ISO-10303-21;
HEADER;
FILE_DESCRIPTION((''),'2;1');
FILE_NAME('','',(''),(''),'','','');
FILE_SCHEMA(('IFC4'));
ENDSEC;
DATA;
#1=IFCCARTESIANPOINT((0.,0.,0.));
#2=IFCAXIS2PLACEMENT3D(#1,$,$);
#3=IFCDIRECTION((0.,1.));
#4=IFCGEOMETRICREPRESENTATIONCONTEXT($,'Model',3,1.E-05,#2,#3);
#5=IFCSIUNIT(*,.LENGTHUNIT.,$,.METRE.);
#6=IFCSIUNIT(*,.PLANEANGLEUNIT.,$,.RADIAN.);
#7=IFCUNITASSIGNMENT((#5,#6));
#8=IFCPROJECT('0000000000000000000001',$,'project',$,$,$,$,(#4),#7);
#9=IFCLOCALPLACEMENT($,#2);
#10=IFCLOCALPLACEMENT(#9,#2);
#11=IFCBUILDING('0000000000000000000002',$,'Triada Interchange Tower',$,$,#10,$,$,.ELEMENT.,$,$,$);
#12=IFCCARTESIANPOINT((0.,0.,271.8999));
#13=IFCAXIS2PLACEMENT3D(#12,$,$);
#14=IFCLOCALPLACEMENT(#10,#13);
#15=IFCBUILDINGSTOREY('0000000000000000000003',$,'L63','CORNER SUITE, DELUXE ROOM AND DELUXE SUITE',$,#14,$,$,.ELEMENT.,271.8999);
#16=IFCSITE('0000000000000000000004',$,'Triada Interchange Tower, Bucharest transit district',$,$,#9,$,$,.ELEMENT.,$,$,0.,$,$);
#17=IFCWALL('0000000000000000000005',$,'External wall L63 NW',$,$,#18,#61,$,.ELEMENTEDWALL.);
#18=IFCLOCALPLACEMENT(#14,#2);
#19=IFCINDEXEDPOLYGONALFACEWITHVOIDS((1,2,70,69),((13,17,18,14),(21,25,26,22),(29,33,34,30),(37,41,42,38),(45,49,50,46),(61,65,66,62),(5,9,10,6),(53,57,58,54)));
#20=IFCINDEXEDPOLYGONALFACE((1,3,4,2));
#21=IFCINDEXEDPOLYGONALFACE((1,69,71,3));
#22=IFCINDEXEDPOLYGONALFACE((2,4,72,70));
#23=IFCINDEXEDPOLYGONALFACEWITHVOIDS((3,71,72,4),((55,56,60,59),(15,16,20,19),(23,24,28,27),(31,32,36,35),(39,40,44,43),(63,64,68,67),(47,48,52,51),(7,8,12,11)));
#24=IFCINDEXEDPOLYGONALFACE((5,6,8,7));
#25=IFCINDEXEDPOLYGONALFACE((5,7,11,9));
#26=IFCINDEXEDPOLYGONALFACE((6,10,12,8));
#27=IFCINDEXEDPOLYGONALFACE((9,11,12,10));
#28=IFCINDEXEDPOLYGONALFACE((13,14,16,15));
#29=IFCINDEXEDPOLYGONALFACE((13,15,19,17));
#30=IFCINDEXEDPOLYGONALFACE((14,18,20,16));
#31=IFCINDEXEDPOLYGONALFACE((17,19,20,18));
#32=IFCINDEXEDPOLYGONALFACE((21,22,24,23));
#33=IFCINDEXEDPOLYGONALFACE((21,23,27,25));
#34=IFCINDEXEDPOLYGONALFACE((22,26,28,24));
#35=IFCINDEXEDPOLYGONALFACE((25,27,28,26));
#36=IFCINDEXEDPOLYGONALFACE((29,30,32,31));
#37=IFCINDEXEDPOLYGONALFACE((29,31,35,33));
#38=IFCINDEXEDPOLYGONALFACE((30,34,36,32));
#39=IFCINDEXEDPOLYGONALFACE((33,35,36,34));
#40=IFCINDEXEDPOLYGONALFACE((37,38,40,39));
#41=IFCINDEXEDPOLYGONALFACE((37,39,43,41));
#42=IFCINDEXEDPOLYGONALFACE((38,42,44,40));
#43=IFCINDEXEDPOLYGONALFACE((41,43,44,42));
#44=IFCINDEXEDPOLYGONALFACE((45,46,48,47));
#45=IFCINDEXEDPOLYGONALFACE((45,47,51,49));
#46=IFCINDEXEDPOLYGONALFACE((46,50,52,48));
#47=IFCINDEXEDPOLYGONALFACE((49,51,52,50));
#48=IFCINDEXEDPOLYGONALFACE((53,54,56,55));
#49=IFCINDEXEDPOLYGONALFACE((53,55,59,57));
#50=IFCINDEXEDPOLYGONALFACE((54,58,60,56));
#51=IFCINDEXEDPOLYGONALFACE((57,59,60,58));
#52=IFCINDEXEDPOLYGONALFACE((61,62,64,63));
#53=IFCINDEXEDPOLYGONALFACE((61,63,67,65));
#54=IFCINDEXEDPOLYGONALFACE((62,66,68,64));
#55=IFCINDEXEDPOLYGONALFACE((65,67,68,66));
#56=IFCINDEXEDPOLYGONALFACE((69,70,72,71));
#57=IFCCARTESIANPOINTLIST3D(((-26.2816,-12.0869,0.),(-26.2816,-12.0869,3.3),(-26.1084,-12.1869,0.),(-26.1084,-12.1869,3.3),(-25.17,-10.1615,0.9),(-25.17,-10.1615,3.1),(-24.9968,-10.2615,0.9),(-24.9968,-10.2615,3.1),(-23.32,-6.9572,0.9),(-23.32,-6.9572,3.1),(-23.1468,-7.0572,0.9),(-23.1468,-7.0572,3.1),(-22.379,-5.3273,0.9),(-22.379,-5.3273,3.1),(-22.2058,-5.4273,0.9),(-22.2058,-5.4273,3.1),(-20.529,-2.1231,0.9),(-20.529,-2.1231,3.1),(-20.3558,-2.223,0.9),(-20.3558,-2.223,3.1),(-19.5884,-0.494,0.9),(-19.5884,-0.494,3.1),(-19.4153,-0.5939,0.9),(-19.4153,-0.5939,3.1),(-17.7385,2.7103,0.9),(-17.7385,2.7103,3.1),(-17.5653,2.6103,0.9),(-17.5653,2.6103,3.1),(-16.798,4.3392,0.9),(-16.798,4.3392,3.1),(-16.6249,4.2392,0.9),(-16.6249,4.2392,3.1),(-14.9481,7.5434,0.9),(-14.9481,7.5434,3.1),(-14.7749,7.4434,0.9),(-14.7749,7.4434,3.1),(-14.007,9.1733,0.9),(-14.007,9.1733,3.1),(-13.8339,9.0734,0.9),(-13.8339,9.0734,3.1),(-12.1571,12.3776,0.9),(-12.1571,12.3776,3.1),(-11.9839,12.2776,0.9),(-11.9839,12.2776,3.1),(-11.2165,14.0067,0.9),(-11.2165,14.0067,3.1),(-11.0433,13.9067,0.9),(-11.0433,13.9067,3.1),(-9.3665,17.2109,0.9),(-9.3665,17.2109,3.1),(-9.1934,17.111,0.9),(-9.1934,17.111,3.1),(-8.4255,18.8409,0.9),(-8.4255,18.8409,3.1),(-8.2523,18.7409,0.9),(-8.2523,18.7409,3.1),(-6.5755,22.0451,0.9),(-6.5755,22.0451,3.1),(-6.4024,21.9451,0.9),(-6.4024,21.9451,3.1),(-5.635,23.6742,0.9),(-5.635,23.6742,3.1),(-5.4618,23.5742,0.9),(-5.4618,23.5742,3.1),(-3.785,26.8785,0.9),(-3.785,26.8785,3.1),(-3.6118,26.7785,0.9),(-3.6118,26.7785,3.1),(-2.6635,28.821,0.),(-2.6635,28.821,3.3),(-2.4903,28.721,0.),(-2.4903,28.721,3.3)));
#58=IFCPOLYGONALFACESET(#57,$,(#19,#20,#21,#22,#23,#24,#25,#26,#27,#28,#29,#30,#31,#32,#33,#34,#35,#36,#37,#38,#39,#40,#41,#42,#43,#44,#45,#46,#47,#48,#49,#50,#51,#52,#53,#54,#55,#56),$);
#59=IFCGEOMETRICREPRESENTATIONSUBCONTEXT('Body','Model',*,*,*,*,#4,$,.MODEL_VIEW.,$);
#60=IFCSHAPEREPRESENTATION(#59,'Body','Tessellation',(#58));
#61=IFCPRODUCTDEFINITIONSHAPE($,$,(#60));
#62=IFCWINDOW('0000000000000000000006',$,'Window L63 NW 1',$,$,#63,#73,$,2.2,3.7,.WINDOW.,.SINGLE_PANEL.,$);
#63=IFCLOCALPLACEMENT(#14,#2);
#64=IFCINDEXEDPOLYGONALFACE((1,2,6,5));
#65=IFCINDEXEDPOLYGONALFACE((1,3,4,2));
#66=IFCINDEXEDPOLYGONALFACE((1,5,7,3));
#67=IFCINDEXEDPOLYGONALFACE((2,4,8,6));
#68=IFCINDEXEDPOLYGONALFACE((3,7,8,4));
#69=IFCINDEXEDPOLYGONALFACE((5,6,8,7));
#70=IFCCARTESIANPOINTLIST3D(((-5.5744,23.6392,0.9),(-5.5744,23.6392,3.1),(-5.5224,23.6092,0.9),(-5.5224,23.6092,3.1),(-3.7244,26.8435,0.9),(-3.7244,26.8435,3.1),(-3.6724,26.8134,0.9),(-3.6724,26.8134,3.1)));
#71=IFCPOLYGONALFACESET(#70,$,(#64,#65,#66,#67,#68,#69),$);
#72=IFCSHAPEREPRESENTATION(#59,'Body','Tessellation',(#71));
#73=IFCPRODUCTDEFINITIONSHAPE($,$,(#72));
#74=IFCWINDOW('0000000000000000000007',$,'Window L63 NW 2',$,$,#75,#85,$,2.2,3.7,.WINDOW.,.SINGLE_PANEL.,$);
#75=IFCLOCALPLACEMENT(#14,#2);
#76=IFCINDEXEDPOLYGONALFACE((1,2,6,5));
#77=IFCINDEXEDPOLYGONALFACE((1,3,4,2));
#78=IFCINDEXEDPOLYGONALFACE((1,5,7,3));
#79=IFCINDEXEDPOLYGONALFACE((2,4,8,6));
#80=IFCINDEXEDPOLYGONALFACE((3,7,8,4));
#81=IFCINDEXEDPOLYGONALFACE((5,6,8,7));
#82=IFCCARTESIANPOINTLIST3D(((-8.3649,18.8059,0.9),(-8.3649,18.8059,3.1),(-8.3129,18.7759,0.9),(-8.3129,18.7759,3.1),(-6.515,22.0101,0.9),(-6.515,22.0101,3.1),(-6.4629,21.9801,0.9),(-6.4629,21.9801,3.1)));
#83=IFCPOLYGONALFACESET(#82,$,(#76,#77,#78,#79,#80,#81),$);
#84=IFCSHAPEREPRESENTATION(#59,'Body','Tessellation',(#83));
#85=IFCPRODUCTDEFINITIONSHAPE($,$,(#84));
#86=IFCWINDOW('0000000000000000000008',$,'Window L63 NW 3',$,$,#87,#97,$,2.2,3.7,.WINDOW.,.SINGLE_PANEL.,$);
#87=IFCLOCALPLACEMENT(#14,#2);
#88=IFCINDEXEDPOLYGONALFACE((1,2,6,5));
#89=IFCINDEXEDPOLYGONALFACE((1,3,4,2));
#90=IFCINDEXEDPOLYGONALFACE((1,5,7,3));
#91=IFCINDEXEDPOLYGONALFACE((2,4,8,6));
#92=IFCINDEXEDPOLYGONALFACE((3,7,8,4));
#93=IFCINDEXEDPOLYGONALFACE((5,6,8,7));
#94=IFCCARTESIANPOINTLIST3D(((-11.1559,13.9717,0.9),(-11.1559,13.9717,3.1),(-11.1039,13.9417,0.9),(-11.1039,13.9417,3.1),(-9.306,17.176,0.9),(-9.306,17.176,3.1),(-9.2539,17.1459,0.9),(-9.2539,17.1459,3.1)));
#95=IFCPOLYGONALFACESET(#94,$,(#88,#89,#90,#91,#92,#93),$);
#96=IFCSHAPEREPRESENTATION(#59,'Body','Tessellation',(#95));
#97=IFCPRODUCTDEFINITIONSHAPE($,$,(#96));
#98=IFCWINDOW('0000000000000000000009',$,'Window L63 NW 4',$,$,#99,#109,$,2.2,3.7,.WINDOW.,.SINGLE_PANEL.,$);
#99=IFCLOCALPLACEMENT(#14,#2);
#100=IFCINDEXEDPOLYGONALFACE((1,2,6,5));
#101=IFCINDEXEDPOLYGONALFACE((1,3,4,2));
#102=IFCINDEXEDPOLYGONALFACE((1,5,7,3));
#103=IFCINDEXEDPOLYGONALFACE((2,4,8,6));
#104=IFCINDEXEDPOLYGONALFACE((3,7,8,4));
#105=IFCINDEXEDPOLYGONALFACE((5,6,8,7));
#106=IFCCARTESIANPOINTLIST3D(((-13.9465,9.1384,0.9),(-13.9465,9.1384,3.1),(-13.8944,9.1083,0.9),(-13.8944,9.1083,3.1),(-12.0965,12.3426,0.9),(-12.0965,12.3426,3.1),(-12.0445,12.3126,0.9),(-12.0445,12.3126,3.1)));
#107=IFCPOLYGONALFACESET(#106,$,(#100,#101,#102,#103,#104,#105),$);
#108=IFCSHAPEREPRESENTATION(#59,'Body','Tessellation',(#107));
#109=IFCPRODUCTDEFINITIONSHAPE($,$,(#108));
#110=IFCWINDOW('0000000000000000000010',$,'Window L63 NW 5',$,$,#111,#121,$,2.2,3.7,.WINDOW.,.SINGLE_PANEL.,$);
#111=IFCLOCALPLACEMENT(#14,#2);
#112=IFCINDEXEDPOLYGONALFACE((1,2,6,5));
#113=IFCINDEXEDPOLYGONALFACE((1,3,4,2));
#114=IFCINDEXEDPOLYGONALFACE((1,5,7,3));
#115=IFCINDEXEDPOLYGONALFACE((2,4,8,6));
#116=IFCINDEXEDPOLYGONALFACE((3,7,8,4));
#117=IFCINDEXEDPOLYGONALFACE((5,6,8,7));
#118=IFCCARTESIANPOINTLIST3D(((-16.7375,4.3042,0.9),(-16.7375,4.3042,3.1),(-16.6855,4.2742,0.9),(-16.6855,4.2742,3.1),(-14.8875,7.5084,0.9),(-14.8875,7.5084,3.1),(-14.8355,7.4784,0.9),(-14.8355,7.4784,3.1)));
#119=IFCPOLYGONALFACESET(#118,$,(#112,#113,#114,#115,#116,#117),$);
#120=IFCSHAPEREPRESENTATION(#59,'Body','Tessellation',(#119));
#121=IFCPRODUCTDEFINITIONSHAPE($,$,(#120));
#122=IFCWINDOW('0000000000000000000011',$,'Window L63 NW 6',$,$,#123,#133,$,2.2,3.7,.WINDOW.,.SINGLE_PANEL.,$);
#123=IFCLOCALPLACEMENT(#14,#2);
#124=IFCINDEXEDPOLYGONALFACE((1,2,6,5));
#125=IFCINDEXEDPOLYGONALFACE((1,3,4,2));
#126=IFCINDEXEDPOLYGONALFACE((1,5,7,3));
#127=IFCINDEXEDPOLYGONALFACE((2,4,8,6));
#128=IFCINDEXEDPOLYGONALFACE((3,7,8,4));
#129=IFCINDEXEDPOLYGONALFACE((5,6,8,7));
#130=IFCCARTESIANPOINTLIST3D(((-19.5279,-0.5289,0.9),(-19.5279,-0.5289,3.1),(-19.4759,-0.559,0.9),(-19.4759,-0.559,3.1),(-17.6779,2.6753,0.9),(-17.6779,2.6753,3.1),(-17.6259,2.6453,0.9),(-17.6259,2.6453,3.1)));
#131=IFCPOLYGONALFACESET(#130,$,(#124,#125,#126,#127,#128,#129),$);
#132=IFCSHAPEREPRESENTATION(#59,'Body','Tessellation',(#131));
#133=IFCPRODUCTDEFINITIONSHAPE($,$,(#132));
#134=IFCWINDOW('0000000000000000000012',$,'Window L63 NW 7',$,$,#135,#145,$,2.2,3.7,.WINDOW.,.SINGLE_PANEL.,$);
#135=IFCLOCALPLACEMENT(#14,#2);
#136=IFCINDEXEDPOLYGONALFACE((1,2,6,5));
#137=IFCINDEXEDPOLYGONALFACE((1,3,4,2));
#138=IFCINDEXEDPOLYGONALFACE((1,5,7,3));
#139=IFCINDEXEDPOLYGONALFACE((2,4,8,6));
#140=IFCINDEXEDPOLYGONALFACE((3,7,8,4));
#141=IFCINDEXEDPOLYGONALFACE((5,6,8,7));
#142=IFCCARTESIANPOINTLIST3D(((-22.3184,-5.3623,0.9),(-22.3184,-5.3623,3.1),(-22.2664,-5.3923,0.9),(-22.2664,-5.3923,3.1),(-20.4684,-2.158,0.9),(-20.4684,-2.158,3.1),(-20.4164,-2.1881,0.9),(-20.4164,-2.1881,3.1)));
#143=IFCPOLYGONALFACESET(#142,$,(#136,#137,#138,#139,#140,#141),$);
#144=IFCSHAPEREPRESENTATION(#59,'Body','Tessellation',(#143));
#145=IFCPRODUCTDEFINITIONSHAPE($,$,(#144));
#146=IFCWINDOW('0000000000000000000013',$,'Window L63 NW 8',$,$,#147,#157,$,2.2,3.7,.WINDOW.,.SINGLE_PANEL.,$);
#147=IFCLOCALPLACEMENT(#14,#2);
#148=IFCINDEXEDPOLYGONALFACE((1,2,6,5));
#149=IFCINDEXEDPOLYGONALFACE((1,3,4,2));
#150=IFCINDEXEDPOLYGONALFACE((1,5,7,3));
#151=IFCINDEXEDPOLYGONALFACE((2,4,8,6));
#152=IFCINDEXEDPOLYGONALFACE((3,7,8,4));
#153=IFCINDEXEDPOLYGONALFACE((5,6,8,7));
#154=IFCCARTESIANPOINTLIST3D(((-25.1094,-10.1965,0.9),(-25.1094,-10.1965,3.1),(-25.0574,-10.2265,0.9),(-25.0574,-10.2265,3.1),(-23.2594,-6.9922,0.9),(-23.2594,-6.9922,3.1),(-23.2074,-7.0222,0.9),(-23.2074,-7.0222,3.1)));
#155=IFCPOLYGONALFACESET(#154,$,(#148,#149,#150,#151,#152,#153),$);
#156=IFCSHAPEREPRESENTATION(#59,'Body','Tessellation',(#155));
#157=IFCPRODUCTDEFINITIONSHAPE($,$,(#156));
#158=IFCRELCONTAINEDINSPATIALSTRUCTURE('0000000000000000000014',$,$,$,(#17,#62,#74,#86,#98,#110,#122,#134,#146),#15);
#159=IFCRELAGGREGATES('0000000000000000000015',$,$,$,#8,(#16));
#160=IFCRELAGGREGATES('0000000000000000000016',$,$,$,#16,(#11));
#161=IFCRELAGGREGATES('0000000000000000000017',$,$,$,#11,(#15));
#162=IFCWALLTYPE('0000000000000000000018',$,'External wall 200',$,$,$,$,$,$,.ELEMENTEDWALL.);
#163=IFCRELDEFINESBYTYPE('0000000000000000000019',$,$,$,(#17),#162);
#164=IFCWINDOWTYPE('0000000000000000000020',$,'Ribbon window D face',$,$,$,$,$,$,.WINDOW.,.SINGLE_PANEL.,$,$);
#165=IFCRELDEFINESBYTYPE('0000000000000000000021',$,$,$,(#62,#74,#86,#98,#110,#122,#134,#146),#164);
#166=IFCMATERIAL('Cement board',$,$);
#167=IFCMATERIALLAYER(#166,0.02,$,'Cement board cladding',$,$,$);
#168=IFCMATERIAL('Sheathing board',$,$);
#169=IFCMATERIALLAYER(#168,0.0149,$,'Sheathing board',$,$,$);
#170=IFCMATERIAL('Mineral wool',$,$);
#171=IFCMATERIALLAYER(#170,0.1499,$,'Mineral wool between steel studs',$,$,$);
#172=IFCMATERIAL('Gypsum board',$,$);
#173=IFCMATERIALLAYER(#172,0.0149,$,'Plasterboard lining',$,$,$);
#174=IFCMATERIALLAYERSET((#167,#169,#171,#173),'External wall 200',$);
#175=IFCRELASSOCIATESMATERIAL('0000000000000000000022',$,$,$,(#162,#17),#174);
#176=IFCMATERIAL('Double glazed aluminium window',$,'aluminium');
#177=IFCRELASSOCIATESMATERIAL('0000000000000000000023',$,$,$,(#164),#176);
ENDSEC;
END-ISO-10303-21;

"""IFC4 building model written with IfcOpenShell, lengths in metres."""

from ifc_helpers import new_model, si_unit, direction, frame, frame_2d, origin, place, context, subcontext, project, spatial, rectangle, extrude, material, layer, layer_set, layer_usage, type_object, element, fill, save


model = new_model("IFC4")

# Units and contexts
model_context = context("Model", 3, precision=1e-05, world=origin(), true_north=direction((0.0, 1.0)))
body_context = subcontext(model_context, "Body", "Model", "MODEL_VIEW")
ifc_project = project(units=[si_unit("LENGTHUNIT", "METRE"), si_unit("PLANEANGLEUNIT", "RADIAN")], contexts=[model_context])

# Site, building, storey
site_placement = place(None, origin())
site = spatial("IfcSite", under=ifc_project, at=site_placement, Name="Triada Interchange Tower, Bucharest transit district", CompositionType="ELEMENT", RefElevation=0.0)
building_placement = place(site_placement, origin())
building = spatial("IfcBuilding", under=site, at=building_placement, Name="Triada Interchange Tower", CompositionType="ELEMENT")
storey_placement = place(building_placement, frame((0.0, 0.0, 271.8999)))
storey = spatial("IfcBuildingStorey", under=building, at=storey_placement, Name="L63", Description="CORNER SUITE, DELUXE ROOM AND DELUXE SUITE", CompositionType="ELEMENT", Elevation=271.8999)

# Wall, openings, windows
ifc_material_1 = material(Name="Cement board")
ifc_layer_1 = layer(ifc_material_1, 0.02, Name="Cement board cladding")
ifc_material_2 = material(Name="Sheathing board")
ifc_layer_2 = layer(ifc_material_2, 0.0149, Name="Sheathing board")
ifc_material_3 = material(Name="Mineral wool")
ifc_layer_3 = layer(ifc_material_3, 0.1499, Name="Mineral wool between steel studs")
ifc_material_4 = material(Name="Gypsum board")
ifc_layer_4 = layer(ifc_material_4, 0.0149, Name="Plasterboard lining")
ifc_layer_set_1 = layer_set([ifc_layer_1, ifc_layer_2, ifc_layer_3, ifc_layer_4], Name="External wall 200")
ifc_layer_usage = layer_usage(ifc_layer_set_1, "AXIS2", "POSITIVE", -0.1001)
wall_type_1 = type_object("IfcWallType", Name="External wall 200", PredefinedType="ELEMENTEDWALL", material=ifc_layer_set_1)
wall_1_placement = place(storey_placement, frame((-2.5769, 28.771, 0.0), z_axis=(0.0, 0.0, 1.0), x_axis=(-0.499999, -0.866026, 0.0)))
wall_1 = element("IfcWall", 1, at=wall_1_placement, inside=storey, type_object=wall_type_1, material=ifc_layer_usage, Name="External wall L63 NW", PredefinedType="ELEMENTEDWALL", context=body_context, shape_type="SweptSolid", body=[
    extrude(rectangle(XDim=47.2363, YDim=0.2, at=frame_2d((23.6182, 0.0))), origin(), (0.0, 0.0, 1.0), 3.3),
])
opening_1_placement = place(wall_1_placement, frame((2.2429, 0.0, 0.8999)))
opening_1 = element("IfcOpeningElement", 2, at=opening_1_placement, cuts=wall_1, PredefinedType="OPENING", context=body_context, shape_type="SweptSolid", body=[
    extrude(rectangle(XDim=3.7, YDim=2.2, at=frame_2d((1.8501, 1.1001))), frame((0.0, 0.1099, 0.0), z_axis=(0.0, -1.0, 0.0), x_axis=(1.0, 0.0, 0.0)), (0.0, 0.0, 1.0), 0.22),
])
opening_2_placement = place(wall_1_placement, frame((7.824, 0.0, 0.8999)))
opening_2 = element("IfcOpeningElement", 3, at=opening_2_placement, cuts=wall_1, PredefinedType="OPENING", context=body_context, shape_type="SweptSolid", body=[
    extrude(rectangle(XDim=3.7, YDim=2.2, at=frame_2d((1.8501, 1.1001))), frame((0.0, 0.1099, 0.0), z_axis=(0.0, -1.0, 0.0), x_axis=(1.0, 0.0, 0.0)), (0.0, 0.0, 1.0), 0.22),
])
opening_3_placement = place(wall_1_placement, frame((13.406, 0.0, 0.8999)))
opening_3 = element("IfcOpeningElement", 4, at=opening_3_placement, cuts=wall_1, PredefinedType="OPENING", context=body_context, shape_type="SweptSolid", body=[
    extrude(rectangle(XDim=3.7, YDim=2.2, at=frame_2d((1.8501, 1.1001))), frame((0.0, 0.1099, 0.0), z_axis=(0.0, -1.0, 0.0), x_axis=(1.0, 0.0, 0.0)), (0.0, 0.0, 1.0), 0.22),
])
opening_4_placement = place(wall_1_placement, frame((18.9871, 0.0, 0.8999)))
opening_4 = element("IfcOpeningElement", 5, at=opening_4_placement, cuts=wall_1, PredefinedType="OPENING", context=body_context, shape_type="SweptSolid", body=[
    extrude(rectangle(XDim=3.7, YDim=2.2, at=frame_2d((1.8501, 1.1001))), frame((0.0, 0.1099, 0.0), z_axis=(0.0, -1.0, 0.0), x_axis=(1.0, 0.0, 0.0)), (0.0, 0.0, 1.0), 0.22),
])
opening_5_placement = place(wall_1_placement, frame((24.5691, 0.0, 0.8999)))
opening_5 = element("IfcOpeningElement", 6, at=opening_5_placement, cuts=wall_1, PredefinedType="OPENING", context=body_context, shape_type="SweptSolid", body=[
    extrude(rectangle(XDim=3.7, YDim=2.2, at=frame_2d((1.8501, 1.1001))), frame((0.0, 0.1099, 0.0), z_axis=(0.0, -1.0, 0.0), x_axis=(1.0, 0.0, 0.0)), (0.0, 0.0, 1.0), 0.22),
])
opening_6_placement = place(wall_1_placement, frame((30.1499, 0.0, 0.8999)))
opening_6 = element("IfcOpeningElement", 7, at=opening_6_placement, cuts=wall_1, PredefinedType="OPENING", context=body_context, shape_type="SweptSolid", body=[
    extrude(rectangle(XDim=3.7, YDim=2.2, at=frame_2d((1.8501, 1.1001))), frame((0.0, 0.1099, 0.0), z_axis=(0.0, -1.0, 0.0), x_axis=(1.0, 0.0, 0.0)), (0.0, 0.0, 1.0), 0.22),
])
opening_7_placement = place(wall_1_placement, frame((35.731, 0.0, 0.8999)))
opening_7 = element("IfcOpeningElement", 8, at=opening_7_placement, cuts=wall_1, PredefinedType="OPENING", context=body_context, shape_type="SweptSolid", body=[
    extrude(rectangle(XDim=3.7, YDim=2.2, at=frame_2d((1.8501, 1.1001))), frame((0.0, 0.1099, 0.0), z_axis=(0.0, -1.0, 0.0), x_axis=(1.0, 0.0, 0.0)), (0.0, 0.0, 1.0), 0.22),
])
opening_8_placement = place(wall_1_placement, frame((41.313, 0.0, 0.8999)))
opening_8 = element("IfcOpeningElement", 9, at=opening_8_placement, cuts=wall_1, PredefinedType="OPENING", context=body_context, shape_type="SweptSolid", body=[
    extrude(rectangle(XDim=3.7, YDim=2.2, at=frame_2d((1.8501, 1.1001))), frame((0.0, 0.1099, 0.0), z_axis=(0.0, -1.0, 0.0), x_axis=(1.0, 0.0, 0.0)), (0.0, 0.0, 1.0), 0.22),
])
ifc_material_5 = material(Name="Double glazed aluminium window", Category="aluminium")
window_type = type_object("IfcWindowType", Name="Ribbon window D face", PartitioningType="SINGLE_PANEL", PredefinedType="WINDOW", material=ifc_material_5)
window_1_placement = place(opening_1_placement, origin())
window_1 = element("IfcWindow", 10, at=window_1_placement, inside=storey, type_object=window_type, Name="Window L63 NW 1", OverallHeight=2.2, OverallWidth=3.7, PartitioningType="SINGLE_PANEL", PredefinedType="WINDOW", context=body_context, shape_type="SweptSolid", body=[
    extrude(rectangle(XDim=3.7, YDim=2.2, at=frame_2d((1.8501, 1.1001))), frame((0.0, 0.03, 0.0), z_axis=(0.0, -1.0, 0.0), x_axis=(1.0, 0.0, 0.0)), (0.0, 0.0, 1.0), 0.0601),
])
fill(opening_1, window_1)
window_2_placement = place(opening_2_placement, origin())
window_2 = element("IfcWindow", 11, at=window_2_placement, inside=storey, type_object=window_type, Name="Window L63 NW 2", OverallHeight=2.2, OverallWidth=3.7, PartitioningType="SINGLE_PANEL", PredefinedType="WINDOW", context=body_context, shape_type="SweptSolid", body=[
    extrude(rectangle(XDim=3.7, YDim=2.2, at=frame_2d((1.8501, 1.1001))), frame((0.0, 0.03, 0.0), z_axis=(0.0, -1.0, 0.0), x_axis=(1.0, 0.0, 0.0)), (0.0, 0.0, 1.0), 0.0601),
])
fill(opening_2, window_2)
window_3_placement = place(opening_3_placement, origin())
window_3 = element("IfcWindow", 12, at=window_3_placement, inside=storey, type_object=window_type, Name="Window L63 NW 3", OverallHeight=2.2, OverallWidth=3.7, PartitioningType="SINGLE_PANEL", PredefinedType="WINDOW", context=body_context, shape_type="SweptSolid", body=[
    extrude(rectangle(XDim=3.7, YDim=2.2, at=frame_2d((1.8501, 1.1001))), frame((0.0, 0.03, 0.0), z_axis=(0.0, -1.0, 0.0), x_axis=(1.0, 0.0, 0.0)), (0.0, 0.0, 1.0), 0.0601),
])
fill(opening_3, window_3)
window_4_placement = place(opening_4_placement, origin())
window_4 = element("IfcWindow", 13, at=window_4_placement, inside=storey, type_object=window_type, Name="Window L63 NW 4", OverallHeight=2.2, OverallWidth=3.7, PartitioningType="SINGLE_PANEL", PredefinedType="WINDOW", context=body_context, shape_type="SweptSolid", body=[
    extrude(rectangle(XDim=3.7, YDim=2.2, at=frame_2d((1.8501, 1.1001))), frame((0.0, 0.03, 0.0), z_axis=(0.0, -1.0, 0.0), x_axis=(1.0, 0.0, 0.0)), (0.0, 0.0, 1.0), 0.0601),
])
fill(opening_4, window_4)
window_5_placement = place(opening_5_placement, origin())
window_5 = element("IfcWindow", 14, at=window_5_placement, inside=storey, type_object=window_type, Name="Window L63 NW 5", OverallHeight=2.2, OverallWidth=3.7, PartitioningType="SINGLE_PANEL", PredefinedType="WINDOW", context=body_context, shape_type="SweptSolid", body=[
    extrude(rectangle(XDim=3.7, YDim=2.2, at=frame_2d((1.8501, 1.1001))), frame((0.0, 0.03, 0.0), z_axis=(0.0, -1.0, 0.0), x_axis=(1.0, 0.0, 0.0)), (0.0, 0.0, 1.0), 0.0601),
])
fill(opening_5, window_5)
window_6_placement = place(opening_6_placement, origin())
window_6 = element("IfcWindow", 15, at=window_6_placement, inside=storey, type_object=window_type, Name="Window L63 NW 6", OverallHeight=2.2, OverallWidth=3.7, PartitioningType="SINGLE_PANEL", PredefinedType="WINDOW", context=body_context, shape_type="SweptSolid", body=[
    extrude(rectangle(XDim=3.7, YDim=2.2, at=frame_2d((1.8501, 1.1001))), frame((0.0, 0.03, 0.0), z_axis=(0.0, -1.0, 0.0), x_axis=(1.0, 0.0, 0.0)), (0.0, 0.0, 1.0), 0.0601),
])
fill(opening_6, window_6)
window_7_placement = place(opening_7_placement, origin())
window_7 = element("IfcWindow", 16, at=window_7_placement, inside=storey, type_object=window_type, Name="Window L63 NW 7", OverallHeight=2.2, OverallWidth=3.7, PartitioningType="SINGLE_PANEL", PredefinedType="WINDOW", context=body_context, shape_type="SweptSolid", body=[
    extrude(rectangle(XDim=3.7, YDim=2.2, at=frame_2d((1.8501, 1.1001))), frame((0.0, 0.03, 0.0), z_axis=(0.0, -1.0, 0.0), x_axis=(1.0, 0.0, 0.0)), (0.0, 0.0, 1.0), 0.0601),
])
fill(opening_7, window_7)
window_8_placement = place(opening_8_placement, origin())
window_8 = element("IfcWindow", 17, at=window_8_placement, inside=storey, type_object=window_type, Name="Window L63 NW 8", OverallHeight=2.2, OverallWidth=3.7, PartitioningType="SINGLE_PANEL", PredefinedType="WINDOW", context=body_context, shape_type="SweptSolid", body=[
    extrude(rectangle(XDim=3.7, YDim=2.2, at=frame_2d((1.8501, 1.1001))), frame((0.0, 0.03, 0.0), z_axis=(0.0, -1.0, 0.0), x_axis=(1.0, 0.0, 0.0)), (0.0, 0.0, 1.0), 0.0601),
])
fill(opening_8, window_8)

save(model, "model.ifc")
